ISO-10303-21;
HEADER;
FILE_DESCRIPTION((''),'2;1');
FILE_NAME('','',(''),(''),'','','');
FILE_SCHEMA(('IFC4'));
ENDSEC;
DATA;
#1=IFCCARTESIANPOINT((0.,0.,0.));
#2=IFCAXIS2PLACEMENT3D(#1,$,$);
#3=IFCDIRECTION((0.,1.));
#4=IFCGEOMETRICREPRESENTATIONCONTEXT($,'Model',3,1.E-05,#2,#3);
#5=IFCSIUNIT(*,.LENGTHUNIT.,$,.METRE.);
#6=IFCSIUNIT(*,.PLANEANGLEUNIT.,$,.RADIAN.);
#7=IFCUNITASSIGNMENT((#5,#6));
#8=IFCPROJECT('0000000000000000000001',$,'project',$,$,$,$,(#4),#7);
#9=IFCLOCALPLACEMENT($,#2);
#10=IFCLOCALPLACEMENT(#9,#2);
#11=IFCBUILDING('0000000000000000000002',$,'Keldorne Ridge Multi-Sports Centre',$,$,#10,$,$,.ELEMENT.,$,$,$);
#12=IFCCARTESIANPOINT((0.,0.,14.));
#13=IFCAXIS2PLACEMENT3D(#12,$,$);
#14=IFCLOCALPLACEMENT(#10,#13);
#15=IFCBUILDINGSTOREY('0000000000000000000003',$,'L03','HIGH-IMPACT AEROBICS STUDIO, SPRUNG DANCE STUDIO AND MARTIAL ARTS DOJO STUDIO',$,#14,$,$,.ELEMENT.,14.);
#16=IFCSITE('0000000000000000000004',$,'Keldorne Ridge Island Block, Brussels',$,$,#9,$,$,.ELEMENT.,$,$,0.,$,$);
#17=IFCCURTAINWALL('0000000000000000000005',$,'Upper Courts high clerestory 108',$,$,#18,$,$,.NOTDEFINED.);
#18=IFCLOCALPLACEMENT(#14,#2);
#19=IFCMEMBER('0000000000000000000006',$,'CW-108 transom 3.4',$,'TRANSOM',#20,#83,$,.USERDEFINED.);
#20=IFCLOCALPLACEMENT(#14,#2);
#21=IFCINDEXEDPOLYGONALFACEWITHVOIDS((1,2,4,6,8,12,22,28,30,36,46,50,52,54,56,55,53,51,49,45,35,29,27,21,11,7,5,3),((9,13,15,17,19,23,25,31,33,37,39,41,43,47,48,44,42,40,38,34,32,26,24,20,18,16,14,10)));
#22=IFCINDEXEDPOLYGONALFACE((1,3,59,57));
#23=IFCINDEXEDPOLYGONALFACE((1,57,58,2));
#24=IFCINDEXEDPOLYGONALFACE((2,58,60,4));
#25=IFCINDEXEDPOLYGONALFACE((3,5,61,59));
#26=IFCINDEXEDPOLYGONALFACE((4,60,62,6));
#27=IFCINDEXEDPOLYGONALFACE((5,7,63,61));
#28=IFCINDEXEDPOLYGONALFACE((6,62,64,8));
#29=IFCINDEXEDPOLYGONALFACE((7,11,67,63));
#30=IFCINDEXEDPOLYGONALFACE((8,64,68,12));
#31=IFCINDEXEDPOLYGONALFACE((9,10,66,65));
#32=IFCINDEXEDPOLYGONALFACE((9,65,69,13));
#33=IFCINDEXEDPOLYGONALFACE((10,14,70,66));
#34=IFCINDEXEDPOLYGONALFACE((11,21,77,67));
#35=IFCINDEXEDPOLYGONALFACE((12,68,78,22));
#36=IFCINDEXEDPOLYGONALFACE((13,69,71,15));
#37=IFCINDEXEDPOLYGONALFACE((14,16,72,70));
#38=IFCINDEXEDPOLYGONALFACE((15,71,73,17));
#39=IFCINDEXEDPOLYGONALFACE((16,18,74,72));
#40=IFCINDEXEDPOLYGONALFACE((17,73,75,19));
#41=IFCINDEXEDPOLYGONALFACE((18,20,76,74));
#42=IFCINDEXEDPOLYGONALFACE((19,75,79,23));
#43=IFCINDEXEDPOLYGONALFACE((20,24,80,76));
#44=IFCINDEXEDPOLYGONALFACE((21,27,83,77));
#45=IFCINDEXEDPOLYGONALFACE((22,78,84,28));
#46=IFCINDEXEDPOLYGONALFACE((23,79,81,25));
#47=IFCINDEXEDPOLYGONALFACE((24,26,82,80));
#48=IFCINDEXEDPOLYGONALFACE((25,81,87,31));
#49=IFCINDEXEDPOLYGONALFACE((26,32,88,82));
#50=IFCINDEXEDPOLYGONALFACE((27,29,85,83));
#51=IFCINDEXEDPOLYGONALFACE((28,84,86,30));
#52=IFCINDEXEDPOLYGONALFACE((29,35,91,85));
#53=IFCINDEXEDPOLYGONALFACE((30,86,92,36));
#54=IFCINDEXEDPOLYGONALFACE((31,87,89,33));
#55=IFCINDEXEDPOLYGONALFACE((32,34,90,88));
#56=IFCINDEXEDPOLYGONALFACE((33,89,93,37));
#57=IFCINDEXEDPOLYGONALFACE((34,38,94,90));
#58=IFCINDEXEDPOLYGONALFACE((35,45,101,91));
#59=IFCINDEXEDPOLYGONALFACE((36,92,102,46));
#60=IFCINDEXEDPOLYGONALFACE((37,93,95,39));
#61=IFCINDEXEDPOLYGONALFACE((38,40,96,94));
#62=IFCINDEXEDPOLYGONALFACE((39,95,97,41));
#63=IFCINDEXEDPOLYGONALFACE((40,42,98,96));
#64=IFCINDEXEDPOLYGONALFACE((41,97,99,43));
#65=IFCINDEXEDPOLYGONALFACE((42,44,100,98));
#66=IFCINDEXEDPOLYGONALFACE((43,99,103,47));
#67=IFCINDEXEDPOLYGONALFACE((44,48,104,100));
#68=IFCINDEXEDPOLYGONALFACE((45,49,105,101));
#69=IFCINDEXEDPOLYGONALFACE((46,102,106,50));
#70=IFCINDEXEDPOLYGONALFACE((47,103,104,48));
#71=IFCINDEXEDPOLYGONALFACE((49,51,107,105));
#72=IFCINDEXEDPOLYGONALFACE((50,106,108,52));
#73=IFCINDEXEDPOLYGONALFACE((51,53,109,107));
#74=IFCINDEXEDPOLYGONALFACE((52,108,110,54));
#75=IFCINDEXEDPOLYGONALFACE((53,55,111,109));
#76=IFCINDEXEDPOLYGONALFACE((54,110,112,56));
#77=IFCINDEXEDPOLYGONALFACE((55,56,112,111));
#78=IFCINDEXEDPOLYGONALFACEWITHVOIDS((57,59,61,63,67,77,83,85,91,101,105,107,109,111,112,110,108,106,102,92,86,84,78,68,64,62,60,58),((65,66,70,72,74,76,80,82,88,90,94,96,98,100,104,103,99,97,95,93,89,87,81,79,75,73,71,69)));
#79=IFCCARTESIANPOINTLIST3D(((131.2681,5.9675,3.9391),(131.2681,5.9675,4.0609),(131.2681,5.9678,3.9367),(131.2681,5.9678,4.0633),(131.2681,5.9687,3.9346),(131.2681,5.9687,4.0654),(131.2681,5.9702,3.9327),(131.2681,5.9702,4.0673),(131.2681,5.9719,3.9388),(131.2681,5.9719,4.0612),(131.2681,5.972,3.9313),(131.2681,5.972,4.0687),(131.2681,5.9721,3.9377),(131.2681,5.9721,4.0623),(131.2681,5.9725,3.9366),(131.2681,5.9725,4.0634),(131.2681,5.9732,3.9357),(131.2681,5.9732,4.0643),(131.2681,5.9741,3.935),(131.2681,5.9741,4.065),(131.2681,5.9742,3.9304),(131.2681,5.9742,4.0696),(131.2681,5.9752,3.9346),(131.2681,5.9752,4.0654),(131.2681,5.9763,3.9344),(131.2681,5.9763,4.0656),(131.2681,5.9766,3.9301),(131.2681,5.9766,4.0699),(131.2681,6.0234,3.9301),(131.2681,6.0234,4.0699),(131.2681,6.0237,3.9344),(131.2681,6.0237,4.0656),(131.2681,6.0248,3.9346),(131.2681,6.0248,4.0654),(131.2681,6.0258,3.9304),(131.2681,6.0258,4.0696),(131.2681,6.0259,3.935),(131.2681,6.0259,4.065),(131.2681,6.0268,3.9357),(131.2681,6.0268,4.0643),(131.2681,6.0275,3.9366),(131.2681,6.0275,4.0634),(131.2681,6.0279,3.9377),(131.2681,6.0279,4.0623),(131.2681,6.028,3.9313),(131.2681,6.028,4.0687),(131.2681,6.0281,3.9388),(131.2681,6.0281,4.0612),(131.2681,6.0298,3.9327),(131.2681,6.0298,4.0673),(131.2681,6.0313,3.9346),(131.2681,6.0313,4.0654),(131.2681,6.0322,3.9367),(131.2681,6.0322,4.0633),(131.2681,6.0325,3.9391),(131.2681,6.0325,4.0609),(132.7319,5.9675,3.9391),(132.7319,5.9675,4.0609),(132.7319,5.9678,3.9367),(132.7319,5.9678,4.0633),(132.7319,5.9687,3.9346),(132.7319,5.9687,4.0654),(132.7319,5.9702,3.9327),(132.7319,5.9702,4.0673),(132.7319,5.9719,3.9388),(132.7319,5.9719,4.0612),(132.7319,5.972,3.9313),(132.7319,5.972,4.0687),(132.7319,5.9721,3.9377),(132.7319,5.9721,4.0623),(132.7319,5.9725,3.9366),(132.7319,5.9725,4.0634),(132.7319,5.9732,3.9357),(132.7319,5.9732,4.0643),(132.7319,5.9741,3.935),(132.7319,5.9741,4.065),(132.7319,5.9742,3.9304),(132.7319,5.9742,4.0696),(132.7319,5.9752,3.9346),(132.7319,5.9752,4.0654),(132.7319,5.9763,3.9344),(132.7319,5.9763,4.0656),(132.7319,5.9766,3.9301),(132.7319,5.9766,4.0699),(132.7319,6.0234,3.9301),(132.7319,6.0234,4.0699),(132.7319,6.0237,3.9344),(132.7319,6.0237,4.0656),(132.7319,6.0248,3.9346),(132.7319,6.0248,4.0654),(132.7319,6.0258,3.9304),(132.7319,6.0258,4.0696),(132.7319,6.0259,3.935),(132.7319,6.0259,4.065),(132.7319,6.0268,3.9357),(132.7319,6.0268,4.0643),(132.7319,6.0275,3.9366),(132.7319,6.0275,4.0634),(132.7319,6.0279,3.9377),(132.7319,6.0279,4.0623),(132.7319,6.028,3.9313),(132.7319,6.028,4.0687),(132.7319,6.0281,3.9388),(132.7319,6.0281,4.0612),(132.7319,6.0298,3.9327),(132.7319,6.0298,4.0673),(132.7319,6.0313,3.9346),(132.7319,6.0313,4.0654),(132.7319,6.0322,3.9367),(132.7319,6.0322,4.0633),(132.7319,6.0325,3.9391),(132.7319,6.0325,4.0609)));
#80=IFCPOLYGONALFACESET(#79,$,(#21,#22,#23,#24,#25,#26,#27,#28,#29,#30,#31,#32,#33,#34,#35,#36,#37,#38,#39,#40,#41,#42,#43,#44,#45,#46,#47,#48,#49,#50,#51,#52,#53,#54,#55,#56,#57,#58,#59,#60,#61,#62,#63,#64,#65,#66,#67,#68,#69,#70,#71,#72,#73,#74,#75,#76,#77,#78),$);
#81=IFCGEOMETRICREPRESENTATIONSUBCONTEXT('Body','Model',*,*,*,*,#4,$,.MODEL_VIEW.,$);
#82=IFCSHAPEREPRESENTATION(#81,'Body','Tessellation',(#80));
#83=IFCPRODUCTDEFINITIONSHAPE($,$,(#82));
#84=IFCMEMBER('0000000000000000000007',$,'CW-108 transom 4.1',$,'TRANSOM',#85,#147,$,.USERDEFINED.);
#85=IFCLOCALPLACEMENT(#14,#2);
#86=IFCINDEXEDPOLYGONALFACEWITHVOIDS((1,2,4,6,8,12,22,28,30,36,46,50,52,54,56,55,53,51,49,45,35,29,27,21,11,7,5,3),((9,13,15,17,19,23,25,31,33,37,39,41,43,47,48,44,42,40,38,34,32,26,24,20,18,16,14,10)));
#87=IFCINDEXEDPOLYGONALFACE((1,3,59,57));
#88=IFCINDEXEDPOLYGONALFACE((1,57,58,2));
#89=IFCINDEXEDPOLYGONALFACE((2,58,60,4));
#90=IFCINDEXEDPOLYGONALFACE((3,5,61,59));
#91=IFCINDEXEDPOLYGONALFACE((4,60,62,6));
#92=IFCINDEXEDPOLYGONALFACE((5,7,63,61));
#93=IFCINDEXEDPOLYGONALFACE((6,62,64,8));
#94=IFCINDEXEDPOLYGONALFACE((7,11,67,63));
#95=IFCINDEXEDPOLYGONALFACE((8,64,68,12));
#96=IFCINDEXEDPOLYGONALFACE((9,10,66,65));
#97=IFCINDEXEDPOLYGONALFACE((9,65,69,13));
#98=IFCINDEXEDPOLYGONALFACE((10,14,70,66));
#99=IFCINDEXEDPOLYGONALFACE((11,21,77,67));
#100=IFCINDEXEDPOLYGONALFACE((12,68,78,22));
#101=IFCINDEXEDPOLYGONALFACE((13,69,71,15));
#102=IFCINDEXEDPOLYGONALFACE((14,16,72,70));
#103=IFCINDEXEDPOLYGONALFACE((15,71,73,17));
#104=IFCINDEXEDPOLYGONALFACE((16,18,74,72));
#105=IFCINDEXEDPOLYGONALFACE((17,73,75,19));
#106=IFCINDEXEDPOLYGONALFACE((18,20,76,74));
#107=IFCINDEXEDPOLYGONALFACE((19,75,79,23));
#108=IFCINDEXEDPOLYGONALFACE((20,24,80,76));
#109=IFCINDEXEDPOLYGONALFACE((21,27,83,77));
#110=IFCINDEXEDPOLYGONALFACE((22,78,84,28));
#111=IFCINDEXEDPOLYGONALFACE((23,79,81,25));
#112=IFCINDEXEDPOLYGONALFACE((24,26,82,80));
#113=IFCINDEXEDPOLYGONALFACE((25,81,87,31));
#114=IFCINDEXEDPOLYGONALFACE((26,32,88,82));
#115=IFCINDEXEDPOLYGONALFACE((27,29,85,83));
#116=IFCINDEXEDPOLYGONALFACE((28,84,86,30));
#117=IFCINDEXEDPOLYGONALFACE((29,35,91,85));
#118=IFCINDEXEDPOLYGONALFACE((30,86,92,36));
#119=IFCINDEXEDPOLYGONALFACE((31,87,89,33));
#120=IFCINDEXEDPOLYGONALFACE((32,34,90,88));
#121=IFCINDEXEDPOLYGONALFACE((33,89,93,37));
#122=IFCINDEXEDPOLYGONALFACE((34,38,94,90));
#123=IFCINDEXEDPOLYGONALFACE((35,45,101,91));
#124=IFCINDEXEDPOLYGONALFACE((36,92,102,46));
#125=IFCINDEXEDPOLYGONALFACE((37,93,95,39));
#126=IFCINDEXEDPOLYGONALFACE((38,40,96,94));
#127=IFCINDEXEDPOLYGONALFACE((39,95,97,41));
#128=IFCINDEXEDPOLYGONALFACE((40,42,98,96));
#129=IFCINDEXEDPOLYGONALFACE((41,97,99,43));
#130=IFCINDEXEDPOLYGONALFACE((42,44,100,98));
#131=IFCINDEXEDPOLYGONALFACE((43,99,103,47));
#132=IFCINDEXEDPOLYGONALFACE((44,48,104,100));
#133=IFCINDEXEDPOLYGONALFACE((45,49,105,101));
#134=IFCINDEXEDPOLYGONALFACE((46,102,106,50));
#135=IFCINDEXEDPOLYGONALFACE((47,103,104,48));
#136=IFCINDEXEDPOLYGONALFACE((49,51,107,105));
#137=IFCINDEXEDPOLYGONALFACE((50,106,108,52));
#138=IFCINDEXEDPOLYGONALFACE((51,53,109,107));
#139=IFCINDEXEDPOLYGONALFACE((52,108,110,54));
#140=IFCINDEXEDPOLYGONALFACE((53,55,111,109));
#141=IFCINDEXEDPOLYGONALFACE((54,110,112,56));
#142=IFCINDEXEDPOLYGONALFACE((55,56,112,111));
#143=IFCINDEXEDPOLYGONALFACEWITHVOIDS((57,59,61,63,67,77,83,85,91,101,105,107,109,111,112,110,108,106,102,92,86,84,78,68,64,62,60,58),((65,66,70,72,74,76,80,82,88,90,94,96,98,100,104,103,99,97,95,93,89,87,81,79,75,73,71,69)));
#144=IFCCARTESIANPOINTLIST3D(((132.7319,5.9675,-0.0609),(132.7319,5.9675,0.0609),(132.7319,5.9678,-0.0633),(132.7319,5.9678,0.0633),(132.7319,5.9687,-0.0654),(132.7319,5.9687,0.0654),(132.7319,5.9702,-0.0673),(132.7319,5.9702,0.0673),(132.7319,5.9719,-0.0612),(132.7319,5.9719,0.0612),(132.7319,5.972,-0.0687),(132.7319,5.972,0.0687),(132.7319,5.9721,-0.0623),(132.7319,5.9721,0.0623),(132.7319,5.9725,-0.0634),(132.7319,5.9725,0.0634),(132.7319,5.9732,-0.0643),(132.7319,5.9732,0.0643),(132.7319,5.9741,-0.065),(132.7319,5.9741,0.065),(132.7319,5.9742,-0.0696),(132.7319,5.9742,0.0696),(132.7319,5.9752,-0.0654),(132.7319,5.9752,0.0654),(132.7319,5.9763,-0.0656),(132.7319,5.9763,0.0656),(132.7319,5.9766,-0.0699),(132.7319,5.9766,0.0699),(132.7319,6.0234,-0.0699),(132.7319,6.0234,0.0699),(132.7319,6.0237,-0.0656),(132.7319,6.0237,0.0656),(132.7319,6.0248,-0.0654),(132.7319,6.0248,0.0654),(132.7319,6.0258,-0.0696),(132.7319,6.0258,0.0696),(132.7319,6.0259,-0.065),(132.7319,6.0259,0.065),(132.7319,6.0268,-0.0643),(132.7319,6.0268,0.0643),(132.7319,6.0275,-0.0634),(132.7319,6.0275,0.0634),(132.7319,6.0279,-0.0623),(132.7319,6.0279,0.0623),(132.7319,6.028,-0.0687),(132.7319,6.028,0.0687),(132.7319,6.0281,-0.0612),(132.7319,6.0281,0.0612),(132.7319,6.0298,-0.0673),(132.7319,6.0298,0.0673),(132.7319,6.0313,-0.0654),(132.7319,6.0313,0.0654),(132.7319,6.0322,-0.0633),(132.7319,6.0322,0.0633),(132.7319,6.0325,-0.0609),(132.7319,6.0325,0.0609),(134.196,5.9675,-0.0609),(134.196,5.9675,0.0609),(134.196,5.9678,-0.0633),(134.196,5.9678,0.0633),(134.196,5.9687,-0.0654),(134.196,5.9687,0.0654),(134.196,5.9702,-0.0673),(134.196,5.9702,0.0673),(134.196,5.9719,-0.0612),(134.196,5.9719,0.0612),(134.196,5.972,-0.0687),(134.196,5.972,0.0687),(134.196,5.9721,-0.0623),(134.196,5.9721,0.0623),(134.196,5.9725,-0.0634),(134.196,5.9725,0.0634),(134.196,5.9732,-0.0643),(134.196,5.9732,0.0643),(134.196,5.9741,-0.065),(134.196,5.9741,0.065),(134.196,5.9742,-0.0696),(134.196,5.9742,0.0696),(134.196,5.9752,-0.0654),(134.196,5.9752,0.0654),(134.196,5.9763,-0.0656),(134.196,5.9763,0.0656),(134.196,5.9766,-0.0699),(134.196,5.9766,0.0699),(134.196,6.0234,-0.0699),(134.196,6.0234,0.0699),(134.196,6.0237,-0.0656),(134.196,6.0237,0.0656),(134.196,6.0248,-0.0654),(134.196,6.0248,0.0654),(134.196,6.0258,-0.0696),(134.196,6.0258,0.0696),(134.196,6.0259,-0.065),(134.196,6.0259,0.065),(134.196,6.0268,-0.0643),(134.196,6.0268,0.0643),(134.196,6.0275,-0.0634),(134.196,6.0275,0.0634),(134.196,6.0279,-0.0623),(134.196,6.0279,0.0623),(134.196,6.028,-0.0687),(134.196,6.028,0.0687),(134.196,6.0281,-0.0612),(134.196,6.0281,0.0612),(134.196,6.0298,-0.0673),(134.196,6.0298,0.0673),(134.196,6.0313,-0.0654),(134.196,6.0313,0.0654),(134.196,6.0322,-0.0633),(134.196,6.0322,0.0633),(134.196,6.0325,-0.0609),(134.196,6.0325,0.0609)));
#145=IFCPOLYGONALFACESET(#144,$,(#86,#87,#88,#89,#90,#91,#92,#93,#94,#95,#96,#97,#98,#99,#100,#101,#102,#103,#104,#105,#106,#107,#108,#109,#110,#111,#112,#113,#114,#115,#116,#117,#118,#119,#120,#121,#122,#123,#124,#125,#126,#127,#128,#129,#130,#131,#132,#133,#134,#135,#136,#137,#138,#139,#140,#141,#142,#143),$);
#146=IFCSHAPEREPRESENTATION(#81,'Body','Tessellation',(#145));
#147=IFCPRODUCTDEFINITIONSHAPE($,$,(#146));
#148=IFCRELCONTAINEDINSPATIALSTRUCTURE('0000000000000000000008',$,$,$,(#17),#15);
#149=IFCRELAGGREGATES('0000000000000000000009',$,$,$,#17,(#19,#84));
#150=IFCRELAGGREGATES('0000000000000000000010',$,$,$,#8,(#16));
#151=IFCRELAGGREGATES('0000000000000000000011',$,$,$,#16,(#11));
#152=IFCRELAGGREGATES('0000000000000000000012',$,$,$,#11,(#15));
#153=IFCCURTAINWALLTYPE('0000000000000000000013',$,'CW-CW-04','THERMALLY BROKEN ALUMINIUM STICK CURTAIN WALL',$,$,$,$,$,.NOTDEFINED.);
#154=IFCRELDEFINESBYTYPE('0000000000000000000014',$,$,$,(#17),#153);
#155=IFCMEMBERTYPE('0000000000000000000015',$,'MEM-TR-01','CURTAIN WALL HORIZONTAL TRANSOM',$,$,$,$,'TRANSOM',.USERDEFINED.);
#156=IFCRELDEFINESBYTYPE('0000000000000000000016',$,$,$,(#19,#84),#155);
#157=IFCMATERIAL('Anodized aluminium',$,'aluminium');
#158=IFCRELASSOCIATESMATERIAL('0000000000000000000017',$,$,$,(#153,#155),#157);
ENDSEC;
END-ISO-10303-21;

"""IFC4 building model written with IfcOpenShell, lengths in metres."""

from ifc_helpers import new_model, si_unit, direction, frame, origin, origin_2d, place, context, subcontext, project, spatial, hollow_rectangle, extrude, material, material_profile, profile_set, type_object, element, aggregate, save


model = new_model("IFC4")

# Units and contexts
model_context = context("Model", 3, precision=1e-05, world=origin(), true_north=direction((0.0, 1.0)))
body_context = subcontext(model_context, "Body", "Model", "MODEL_VIEW")
ifc_project = project(units=[si_unit("LENGTHUNIT", "METRE"), si_unit("PLANEANGLEUNIT", "RADIAN")], contexts=[model_context])

# Site, building, storey
site_placement = place(None, origin())
site = spatial("IfcSite", under=ifc_project, at=site_placement, Name="Keldorne Ridge Island Block, Brussels", CompositionType="ELEMENT", RefElevation=0.0)
building_placement = place(site_placement, origin())
building = spatial("IfcBuilding", under=site, at=building_placement, Name="Keldorne Ridge Multi-Sports Centre", CompositionType="ELEMENT")
storey_placement = place(building_placement, frame((0.0, 0.0, 14.0)))
storey = spatial("IfcBuildingStorey", under=building, at=storey_placement, Name="L03", Description="HIGH-IMPACT AEROBICS STUDIO, SPRUNG DANCE STUDIO AND MARTIAL ARTS DOJO STUDIO", CompositionType="ELEMENT", Elevation=14.0)

# Curtain wall
ifc_material_1 = material(Name="Anodized aluminium", Category="aluminium")
curtain_wall_type = type_object("IfcCurtainWallType", Name="CW-CW-04", Description="THERMALLY BROKEN ALUMINIUM STICK CURTAIN WALL", PredefinedType="NOTDEFINED", material=ifc_material_1)
curtain_wall_placement = place(storey_placement, origin())
curtain_wall = element("IfcCurtainWall", 1, at=curtain_wall_placement, inside=storey, type_object=curtain_wall_type, Name="Upper Courts high clerestory 108", PredefinedType="NOTDEFINED")

# Members
ifc_material_profile_1 = material_profile(ifc_material_1, hollow_rectangle(XDim=0.0649, YDim=0.1399, WallThickness=0.0044, InnerFilletRadius=0.0044, OuterFilletRadius=0.009, at=origin_2d()), Name="ALU TRANSOM 140x65x4.5")
ifc_profile_set_1 = profile_set([ifc_material_profile_1], Name="Anodized aluminium")
member_type_1 = type_object("IfcMemberType", Name="MEM-TR-01", Description="CURTAIN WALL HORIZONTAL TRANSOM", ElementType="TRANSOM", PredefinedType="USERDEFINED", material=ifc_profile_set_1)
member_1_placement = place(storey_placement, frame((131.2681, 6.0, 4.0), z_axis=(1.0, 0.0, 0.0), x_axis=(0.0, 1.0, 0.0)))
member_1 = element("IfcMember", 2, at=member_1_placement, type_object=member_type_1, Name="CW-108 transom 3.4", ObjectType="TRANSOM", PredefinedType="USERDEFINED", context=body_context, shape_type="SweptSolid", body=[
    extrude(hollow_rectangle(XDim=0.0649, YDim=0.1399, WallThickness=0.0044, InnerFilletRadius=0.0044, OuterFilletRadius=0.009, at=origin_2d()), origin(), (0.0, 0.0, 1.0), 1.4639),
])
member_2_placement = place(storey_placement, frame((132.7319, 6.0, 0.0), z_axis=(1.0, 0.0, 0.0), x_axis=(0.0, 1.0, 0.0)))
member_2 = element("IfcMember", 3, at=member_2_placement, type_object=member_type_1, Name="CW-108 transom 4.1", ObjectType="TRANSOM", PredefinedType="USERDEFINED", context=body_context, shape_type="SweptSolid", body=[
    extrude(hollow_rectangle(XDim=0.0649, YDim=0.1399, WallThickness=0.0044, InnerFilletRadius=0.0044, OuterFilletRadius=0.009, at=origin_2d()), origin(), (0.0, 0.0, 1.0), 1.4641),
])

aggregate(curtain_wall, [member_1, member_2])

save(model, "model.ifc")
